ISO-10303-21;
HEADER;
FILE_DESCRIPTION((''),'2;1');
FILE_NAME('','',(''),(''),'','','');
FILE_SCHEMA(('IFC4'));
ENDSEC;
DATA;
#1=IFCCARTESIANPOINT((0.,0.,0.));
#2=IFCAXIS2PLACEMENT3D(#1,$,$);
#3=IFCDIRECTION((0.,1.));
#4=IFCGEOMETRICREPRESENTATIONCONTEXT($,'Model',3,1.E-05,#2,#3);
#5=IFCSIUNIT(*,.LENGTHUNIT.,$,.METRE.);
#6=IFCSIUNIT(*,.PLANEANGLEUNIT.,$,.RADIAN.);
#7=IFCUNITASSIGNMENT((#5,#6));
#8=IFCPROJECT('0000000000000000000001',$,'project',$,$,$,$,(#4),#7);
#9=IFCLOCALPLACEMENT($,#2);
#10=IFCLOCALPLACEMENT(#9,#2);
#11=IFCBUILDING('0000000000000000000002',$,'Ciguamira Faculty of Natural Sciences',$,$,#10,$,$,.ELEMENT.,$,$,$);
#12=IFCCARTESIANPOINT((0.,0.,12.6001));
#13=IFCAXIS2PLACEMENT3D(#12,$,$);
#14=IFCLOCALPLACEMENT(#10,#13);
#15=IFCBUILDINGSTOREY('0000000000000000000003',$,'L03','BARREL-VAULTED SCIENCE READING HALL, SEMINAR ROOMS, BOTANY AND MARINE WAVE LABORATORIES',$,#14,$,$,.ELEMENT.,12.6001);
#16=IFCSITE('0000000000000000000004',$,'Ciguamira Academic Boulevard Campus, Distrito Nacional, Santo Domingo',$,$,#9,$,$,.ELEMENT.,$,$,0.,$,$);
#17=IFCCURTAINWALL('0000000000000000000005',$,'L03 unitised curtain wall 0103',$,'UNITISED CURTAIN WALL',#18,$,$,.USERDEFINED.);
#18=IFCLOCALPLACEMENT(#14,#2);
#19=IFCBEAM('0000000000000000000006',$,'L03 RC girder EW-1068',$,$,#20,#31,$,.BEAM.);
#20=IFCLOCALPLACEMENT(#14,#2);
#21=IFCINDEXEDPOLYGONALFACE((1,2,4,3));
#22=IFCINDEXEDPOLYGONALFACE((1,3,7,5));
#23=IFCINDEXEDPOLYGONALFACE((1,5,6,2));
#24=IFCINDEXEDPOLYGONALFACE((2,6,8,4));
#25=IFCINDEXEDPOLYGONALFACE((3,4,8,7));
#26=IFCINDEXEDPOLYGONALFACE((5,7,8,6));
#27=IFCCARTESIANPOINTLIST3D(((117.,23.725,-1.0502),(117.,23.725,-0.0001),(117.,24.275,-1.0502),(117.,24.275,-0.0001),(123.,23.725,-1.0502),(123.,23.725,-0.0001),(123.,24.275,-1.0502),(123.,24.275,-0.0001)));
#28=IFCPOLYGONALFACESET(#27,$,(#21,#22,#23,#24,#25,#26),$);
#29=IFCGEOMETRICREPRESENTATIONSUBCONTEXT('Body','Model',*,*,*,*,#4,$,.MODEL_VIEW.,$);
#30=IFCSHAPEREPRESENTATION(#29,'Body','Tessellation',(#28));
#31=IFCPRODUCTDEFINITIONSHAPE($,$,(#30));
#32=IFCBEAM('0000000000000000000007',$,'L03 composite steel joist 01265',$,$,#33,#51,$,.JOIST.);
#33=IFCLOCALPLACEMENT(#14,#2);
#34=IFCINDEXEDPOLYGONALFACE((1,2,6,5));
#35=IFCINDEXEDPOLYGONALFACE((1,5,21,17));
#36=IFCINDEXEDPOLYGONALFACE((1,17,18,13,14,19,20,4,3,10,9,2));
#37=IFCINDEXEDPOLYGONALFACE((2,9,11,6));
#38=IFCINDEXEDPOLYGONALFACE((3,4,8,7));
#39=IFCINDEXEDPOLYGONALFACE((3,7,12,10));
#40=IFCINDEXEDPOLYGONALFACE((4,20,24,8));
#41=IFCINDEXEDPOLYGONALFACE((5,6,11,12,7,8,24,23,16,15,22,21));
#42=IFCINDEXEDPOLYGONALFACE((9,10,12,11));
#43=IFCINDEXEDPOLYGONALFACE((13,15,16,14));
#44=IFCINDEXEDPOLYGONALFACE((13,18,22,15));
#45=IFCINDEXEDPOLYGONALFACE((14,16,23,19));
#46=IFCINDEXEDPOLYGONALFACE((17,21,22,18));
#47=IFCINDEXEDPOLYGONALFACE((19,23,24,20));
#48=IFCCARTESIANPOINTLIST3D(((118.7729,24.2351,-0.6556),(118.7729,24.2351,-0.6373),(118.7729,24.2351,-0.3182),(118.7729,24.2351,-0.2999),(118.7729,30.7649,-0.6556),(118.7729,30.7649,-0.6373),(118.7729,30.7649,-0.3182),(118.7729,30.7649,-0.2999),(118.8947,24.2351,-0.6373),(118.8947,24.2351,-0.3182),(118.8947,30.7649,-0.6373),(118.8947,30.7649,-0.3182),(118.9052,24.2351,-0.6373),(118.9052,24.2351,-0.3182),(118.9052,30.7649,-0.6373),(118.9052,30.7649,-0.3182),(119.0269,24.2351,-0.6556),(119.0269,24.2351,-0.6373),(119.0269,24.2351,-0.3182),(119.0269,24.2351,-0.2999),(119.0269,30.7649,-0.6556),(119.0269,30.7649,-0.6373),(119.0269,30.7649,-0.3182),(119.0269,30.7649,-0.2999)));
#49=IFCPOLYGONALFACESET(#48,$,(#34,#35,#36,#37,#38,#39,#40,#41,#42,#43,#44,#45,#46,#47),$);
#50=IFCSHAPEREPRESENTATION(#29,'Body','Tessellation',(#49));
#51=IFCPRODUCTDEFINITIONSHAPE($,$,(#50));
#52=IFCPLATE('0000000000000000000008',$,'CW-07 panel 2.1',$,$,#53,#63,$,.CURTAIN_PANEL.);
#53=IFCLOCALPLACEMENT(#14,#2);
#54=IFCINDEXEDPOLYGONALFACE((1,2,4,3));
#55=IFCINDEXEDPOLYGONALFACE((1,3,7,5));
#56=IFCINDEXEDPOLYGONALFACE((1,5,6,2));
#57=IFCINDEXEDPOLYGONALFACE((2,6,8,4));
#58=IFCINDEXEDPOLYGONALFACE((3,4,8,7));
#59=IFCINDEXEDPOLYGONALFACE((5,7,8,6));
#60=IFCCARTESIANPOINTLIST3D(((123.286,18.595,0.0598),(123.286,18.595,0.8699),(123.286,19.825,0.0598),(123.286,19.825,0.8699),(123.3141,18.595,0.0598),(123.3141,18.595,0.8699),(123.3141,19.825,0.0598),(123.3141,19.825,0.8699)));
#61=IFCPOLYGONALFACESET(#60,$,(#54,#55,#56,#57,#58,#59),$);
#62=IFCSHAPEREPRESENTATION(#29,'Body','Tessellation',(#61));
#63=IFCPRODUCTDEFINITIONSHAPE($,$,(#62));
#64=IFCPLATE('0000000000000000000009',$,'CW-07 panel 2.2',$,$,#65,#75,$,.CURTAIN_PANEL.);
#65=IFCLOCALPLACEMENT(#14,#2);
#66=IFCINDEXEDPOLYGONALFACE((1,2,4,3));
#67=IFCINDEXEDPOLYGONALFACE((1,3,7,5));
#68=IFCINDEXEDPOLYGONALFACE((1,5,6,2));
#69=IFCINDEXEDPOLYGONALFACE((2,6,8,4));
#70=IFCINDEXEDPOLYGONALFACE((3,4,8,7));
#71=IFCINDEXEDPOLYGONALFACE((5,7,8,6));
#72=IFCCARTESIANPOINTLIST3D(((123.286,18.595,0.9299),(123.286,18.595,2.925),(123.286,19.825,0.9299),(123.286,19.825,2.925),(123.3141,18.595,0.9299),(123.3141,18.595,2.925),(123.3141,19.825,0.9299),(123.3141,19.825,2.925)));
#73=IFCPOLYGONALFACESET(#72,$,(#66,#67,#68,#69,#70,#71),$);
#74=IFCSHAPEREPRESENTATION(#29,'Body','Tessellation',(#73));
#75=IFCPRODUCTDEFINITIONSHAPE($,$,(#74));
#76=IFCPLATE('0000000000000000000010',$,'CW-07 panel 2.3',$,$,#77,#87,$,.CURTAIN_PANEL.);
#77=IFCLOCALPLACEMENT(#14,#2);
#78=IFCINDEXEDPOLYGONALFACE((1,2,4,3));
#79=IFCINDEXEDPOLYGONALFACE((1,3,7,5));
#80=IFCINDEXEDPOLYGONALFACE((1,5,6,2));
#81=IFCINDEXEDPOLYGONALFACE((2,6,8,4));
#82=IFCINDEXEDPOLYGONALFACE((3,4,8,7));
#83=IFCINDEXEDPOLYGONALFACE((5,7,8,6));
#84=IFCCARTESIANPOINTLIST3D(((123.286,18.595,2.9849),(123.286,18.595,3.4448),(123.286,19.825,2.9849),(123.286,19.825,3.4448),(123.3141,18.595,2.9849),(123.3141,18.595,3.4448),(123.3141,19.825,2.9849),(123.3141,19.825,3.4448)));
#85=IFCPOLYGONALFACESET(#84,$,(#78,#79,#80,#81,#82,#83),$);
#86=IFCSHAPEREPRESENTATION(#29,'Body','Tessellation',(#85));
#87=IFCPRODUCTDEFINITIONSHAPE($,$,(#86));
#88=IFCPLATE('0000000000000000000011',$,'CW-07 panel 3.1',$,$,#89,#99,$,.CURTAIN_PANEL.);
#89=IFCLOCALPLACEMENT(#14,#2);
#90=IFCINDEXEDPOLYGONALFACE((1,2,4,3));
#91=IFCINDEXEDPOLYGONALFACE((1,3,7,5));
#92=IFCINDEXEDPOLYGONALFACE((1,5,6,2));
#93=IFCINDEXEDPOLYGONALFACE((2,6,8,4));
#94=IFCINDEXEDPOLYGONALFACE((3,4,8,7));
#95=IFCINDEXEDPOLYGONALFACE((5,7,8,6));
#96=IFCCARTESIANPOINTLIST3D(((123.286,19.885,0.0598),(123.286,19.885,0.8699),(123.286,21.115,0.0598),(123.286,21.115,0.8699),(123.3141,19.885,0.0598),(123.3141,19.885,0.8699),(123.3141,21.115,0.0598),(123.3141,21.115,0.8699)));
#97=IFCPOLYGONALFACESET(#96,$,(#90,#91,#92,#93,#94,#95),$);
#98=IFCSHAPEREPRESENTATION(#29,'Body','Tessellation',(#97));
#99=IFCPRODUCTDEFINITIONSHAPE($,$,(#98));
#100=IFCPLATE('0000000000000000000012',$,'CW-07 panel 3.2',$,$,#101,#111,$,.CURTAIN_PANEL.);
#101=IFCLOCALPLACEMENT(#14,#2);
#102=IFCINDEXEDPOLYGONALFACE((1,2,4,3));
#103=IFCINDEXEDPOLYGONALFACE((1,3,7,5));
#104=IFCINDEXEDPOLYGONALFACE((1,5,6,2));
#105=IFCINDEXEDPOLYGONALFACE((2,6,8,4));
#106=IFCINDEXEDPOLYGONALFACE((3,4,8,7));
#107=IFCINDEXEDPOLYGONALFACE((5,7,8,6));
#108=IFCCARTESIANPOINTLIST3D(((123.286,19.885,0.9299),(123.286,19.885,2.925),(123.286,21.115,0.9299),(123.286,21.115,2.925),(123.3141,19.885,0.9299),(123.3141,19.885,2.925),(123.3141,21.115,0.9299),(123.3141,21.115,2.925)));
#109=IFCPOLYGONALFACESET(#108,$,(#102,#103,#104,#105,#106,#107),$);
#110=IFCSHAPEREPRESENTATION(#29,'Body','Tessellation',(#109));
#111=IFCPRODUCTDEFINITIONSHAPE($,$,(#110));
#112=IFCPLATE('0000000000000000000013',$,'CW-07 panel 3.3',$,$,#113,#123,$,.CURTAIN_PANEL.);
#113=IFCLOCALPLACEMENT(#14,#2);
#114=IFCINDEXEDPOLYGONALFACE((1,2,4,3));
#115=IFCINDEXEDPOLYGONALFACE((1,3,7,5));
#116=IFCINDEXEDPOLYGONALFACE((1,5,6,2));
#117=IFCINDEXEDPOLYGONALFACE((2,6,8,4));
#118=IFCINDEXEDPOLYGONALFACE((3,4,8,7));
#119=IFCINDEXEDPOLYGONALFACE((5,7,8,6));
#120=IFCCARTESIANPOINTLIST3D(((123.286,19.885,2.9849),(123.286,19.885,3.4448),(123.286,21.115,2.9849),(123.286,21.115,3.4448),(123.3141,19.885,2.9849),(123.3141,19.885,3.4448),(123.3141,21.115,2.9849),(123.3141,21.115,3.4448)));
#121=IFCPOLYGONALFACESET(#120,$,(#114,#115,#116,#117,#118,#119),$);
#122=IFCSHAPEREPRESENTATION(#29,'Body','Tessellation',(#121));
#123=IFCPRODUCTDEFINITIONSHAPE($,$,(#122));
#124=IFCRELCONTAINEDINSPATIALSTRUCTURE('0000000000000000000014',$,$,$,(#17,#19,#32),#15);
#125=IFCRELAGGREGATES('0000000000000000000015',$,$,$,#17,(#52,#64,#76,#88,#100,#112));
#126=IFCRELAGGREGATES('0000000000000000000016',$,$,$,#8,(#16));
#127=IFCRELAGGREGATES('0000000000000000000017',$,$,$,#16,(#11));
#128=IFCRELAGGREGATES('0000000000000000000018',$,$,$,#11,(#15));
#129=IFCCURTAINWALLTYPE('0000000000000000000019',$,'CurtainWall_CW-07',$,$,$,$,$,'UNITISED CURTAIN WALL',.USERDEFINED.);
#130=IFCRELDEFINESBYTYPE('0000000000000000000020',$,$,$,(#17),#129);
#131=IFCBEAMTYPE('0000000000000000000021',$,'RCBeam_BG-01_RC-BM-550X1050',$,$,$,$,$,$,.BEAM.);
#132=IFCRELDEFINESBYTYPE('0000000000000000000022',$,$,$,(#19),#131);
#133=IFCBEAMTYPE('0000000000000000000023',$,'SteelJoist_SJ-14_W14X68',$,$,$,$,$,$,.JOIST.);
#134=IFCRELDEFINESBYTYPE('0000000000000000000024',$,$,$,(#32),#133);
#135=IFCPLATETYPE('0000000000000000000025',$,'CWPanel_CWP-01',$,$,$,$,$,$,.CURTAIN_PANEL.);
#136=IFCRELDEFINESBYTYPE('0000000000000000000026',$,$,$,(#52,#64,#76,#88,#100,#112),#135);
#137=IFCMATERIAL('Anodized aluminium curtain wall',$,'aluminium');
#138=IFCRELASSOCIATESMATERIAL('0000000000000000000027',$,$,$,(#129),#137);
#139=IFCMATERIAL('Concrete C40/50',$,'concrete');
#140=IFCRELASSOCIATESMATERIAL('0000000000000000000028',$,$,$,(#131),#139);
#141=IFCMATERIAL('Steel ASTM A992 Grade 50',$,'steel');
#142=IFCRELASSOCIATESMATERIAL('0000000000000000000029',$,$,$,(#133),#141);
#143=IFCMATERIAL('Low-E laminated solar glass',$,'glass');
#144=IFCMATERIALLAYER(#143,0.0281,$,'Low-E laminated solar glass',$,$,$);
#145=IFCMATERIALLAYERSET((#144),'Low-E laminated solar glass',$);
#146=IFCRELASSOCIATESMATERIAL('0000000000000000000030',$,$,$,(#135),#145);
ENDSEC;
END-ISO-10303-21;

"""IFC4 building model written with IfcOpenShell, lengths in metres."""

from ifc_helpers import new_model, si_unit, direction, frame, origin, origin_2d, place, context, subcontext, project, spatial, rectangle, i_section, extrude, material, layer, layer_set, material_profile, profile_set, type_object, element, aggregate, save


model = new_model("IFC4")

# Units and contexts
model_context = context("Model", 3, precision=1e-05, world=origin(), true_north=direction((0.0, 1.0)))
body_context = subcontext(model_context, "Body", "Model", "MODEL_VIEW")
ifc_project = project(units=[si_unit("LENGTHUNIT", "METRE"), si_unit("PLANEANGLEUNIT", "RADIAN")], contexts=[model_context])

# Site, building, storey
site_placement = place(None, origin())
site = spatial("IfcSite", under=ifc_project, at=site_placement, Name="Ciguamira Academic Boulevard Campus, Distrito Nacional, Santo Domingo", CompositionType="ELEMENT", RefElevation=0.0)
building_placement = place(site_placement, origin())
building = spatial("IfcBuilding", under=site, at=building_placement, Name="Ciguamira Faculty of Natural Sciences", CompositionType="ELEMENT")
storey_placement = place(building_placement, frame((0.0, 0.0, 12.6001)))
storey = spatial("IfcBuildingStorey", under=building, at=storey_placement, Name="L03", Description="BARREL-VAULTED SCIENCE READING HALL, SEMINAR ROOMS, BOTANY AND MARINE WAVE LABORATORIES", CompositionType="ELEMENT", Elevation=12.6001)

# Shared definitions
ifc_material_1 = material(Name="Concrete C40/50", Category="concrete")

# Curtain wall
ifc_material_2 = material(Name="Anodized aluminium curtain wall", Category="aluminium")
curtain_wall_type = type_object("IfcCurtainWallType", Name="CurtainWall_CW-07", ElementType="UNITISED CURTAIN WALL", PredefinedType="USERDEFINED", material=ifc_material_2)
curtain_wall_placement = place(storey_placement, origin())
curtain_wall = element("IfcCurtainWall", 1, at=curtain_wall_placement, inside=storey, type_object=curtain_wall_type, Name="L03 unitised curtain wall 0103", ObjectType="UNITISED CURTAIN WALL", PredefinedType="USERDEFINED")

# Beams
ifc_material_profile_1 = material_profile(ifc_material_1, rectangle(XDim=0.55, YDim=1.05, at=origin_2d()), Name="RC-BM-550X1050")
ifc_profile_set_1 = profile_set([ifc_material_profile_1], Name="Concrete C40/50")
beam_type_1 = type_object("IfcBeamType", Name="RCBeam_BG-01_RC-BM-550X1050", PredefinedType="BEAM", material=ifc_profile_set_1)
beam_1_placement = place(storey_placement, frame((117.0, 24.0, -0.5251), z_axis=(1.0, 0.0, 0.0), x_axis=(0.0, 1.0, 0.0)))
element("IfcBeam", 2, at=beam_1_placement, inside=storey, type_object=beam_type_1, Name="L03 RC girder EW-1068", PredefinedType="BEAM", context=body_context, shape_type="SweptSolid", body=[
    extrude(rectangle(XDim=0.55, YDim=1.05, at=origin_2d()), origin(), (0.0, 0.0, 1.0), 6.0),
])
ifc_material_3 = material(Name="Steel ASTM A992 Grade 50", Category="steel")
ifc_material_profile_2 = material_profile(ifc_material_3, i_section(OverallWidth=0.2539, OverallDepth=0.3557, WebThickness=0.0105, FlangeThickness=0.0183, at=origin_2d()), Name="W14X68")
ifc_profile_set_2 = profile_set([ifc_material_profile_2], Name="Steel ASTM A992 Grade 50")
beam_type_2 = type_object("IfcBeamType", Name="SteelJoist_SJ-14_W14X68", PredefinedType="JOIST", material=ifc_profile_set_2)
beam_2_placement = place(storey_placement, frame((118.8999, 24.2351, -0.4778), z_axis=(0.0, 1.0, 0.0), x_axis=(-1.0, 0.0, 0.0)))
element("IfcBeam", 3, at=beam_2_placement, inside=storey, type_object=beam_type_2, Name="L03 composite steel joist 01265", PredefinedType="JOIST", context=body_context, shape_type="SweptSolid", body=[
    extrude(i_section(OverallWidth=0.2539, OverallDepth=0.3557, WebThickness=0.0105, FlangeThickness=0.0183, at=origin_2d()), origin(), (0.0, 0.0, 1.0), 6.5298),
])

# Plates
ifc_material_4 = material(Name="Low-E laminated solar glass", Category="glass")
ifc_layer = layer(ifc_material_4, 0.0281, Name="Low-E laminated solar glass")
ifc_layer_set = layer_set([ifc_layer], Name="Low-E laminated solar glass")
plate_type = type_object("IfcPlateType", Name="CWPanel_CWP-01", PredefinedType="CURTAIN_PANEL", material=ifc_layer_set)
plate_1_placement = place(storey_placement, frame((123.3, 19.21, 0.0598), z_axis=(0.0, 0.0, 1.0), x_axis=(0.0, 1.0, 0.0)))
plate_1 = element("IfcPlate", 4, at=plate_1_placement, type_object=plate_type, Name="CW-07 panel 2.1", PredefinedType="CURTAIN_PANEL", context=body_context, shape_type="SweptSolid", body=[
    extrude(rectangle(XDim=1.23, YDim=0.0281, at=origin_2d()), origin(), (0.0, 0.0, 1.0), 0.8101),
])
plate_2_placement = place(storey_placement, frame((123.3, 19.21, 0.9299), z_axis=(0.0, 0.0, 1.0), x_axis=(0.0, 1.0, 0.0)))
plate_2 = element("IfcPlate", 5, at=plate_2_placement, type_object=plate_type, Name="CW-07 panel 2.2", PredefinedType="CURTAIN_PANEL", context=body_context, shape_type="SweptSolid", body=[
    extrude(rectangle(XDim=1.23, YDim=0.0281, at=origin_2d()), origin(), (0.0, 0.0, 1.0), 1.9951),
])
plate_3_placement = place(storey_placement, frame((123.3, 19.21, 2.9849), z_axis=(0.0, 0.0, 1.0), x_axis=(0.0, 1.0, 0.0)))
plate_3 = element("IfcPlate", 6, at=plate_3_placement, type_object=plate_type, Name="CW-07 panel 2.3", PredefinedType="CURTAIN_PANEL", context=body_context, shape_type="SweptSolid", body=[
    extrude(rectangle(XDim=1.23, YDim=0.0281, at=origin_2d()), origin(), (0.0, 0.0, 1.0), 0.46),
])
plate_4_placement = place(storey_placement, frame((123.3, 20.5, 0.0598), z_axis=(0.0, 0.0, 1.0), x_axis=(0.0, 1.0, 0.0)))
plate_4 = element("IfcPlate", 7, at=plate_4_placement, type_object=plate_type, Name="CW-07 panel 3.1", PredefinedType="CURTAIN_PANEL", context=body_context, shape_type="SweptSolid", body=[
    extrude(rectangle(XDim=1.23, YDim=0.0281, at=origin_2d()), origin(), (0.0, 0.0, 1.0), 0.8101),
])
plate_5_placement = place(storey_placement, frame((123.3, 20.5, 0.9299), z_axis=(0.0, 0.0, 1.0), x_axis=(0.0, 1.0, 0.0)))
plate_5 = element("IfcPlate", 8, at=plate_5_placement, type_object=plate_type, Name="CW-07 panel 3.2", PredefinedType="CURTAIN_PANEL", context=body_context, shape_type="SweptSolid", body=[
    extrude(rectangle(XDim=1.23, YDim=0.0281, at=origin_2d()), origin(), (0.0, 0.0, 1.0), 1.9951),
])
plate_6_placement = place(storey_placement, frame((123.3, 20.5, 2.9849), z_axis=(0.0, 0.0, 1.0), x_axis=(0.0, 1.0, 0.0)))
plate_6 = element("IfcPlate", 9, at=plate_6_placement, type_object=plate_type, Name="CW-07 panel 3.3", PredefinedType="CURTAIN_PANEL", context=body_context, shape_type="SweptSolid", body=[
    extrude(rectangle(XDim=1.23, YDim=0.0281, at=origin_2d()), origin(), (0.0, 0.0, 1.0), 0.46),
])
aggregate(curtain_wall, [plate_1, plate_2, plate_3, plate_4, plate_5, plate_6])

save(model, "model.ifc")
